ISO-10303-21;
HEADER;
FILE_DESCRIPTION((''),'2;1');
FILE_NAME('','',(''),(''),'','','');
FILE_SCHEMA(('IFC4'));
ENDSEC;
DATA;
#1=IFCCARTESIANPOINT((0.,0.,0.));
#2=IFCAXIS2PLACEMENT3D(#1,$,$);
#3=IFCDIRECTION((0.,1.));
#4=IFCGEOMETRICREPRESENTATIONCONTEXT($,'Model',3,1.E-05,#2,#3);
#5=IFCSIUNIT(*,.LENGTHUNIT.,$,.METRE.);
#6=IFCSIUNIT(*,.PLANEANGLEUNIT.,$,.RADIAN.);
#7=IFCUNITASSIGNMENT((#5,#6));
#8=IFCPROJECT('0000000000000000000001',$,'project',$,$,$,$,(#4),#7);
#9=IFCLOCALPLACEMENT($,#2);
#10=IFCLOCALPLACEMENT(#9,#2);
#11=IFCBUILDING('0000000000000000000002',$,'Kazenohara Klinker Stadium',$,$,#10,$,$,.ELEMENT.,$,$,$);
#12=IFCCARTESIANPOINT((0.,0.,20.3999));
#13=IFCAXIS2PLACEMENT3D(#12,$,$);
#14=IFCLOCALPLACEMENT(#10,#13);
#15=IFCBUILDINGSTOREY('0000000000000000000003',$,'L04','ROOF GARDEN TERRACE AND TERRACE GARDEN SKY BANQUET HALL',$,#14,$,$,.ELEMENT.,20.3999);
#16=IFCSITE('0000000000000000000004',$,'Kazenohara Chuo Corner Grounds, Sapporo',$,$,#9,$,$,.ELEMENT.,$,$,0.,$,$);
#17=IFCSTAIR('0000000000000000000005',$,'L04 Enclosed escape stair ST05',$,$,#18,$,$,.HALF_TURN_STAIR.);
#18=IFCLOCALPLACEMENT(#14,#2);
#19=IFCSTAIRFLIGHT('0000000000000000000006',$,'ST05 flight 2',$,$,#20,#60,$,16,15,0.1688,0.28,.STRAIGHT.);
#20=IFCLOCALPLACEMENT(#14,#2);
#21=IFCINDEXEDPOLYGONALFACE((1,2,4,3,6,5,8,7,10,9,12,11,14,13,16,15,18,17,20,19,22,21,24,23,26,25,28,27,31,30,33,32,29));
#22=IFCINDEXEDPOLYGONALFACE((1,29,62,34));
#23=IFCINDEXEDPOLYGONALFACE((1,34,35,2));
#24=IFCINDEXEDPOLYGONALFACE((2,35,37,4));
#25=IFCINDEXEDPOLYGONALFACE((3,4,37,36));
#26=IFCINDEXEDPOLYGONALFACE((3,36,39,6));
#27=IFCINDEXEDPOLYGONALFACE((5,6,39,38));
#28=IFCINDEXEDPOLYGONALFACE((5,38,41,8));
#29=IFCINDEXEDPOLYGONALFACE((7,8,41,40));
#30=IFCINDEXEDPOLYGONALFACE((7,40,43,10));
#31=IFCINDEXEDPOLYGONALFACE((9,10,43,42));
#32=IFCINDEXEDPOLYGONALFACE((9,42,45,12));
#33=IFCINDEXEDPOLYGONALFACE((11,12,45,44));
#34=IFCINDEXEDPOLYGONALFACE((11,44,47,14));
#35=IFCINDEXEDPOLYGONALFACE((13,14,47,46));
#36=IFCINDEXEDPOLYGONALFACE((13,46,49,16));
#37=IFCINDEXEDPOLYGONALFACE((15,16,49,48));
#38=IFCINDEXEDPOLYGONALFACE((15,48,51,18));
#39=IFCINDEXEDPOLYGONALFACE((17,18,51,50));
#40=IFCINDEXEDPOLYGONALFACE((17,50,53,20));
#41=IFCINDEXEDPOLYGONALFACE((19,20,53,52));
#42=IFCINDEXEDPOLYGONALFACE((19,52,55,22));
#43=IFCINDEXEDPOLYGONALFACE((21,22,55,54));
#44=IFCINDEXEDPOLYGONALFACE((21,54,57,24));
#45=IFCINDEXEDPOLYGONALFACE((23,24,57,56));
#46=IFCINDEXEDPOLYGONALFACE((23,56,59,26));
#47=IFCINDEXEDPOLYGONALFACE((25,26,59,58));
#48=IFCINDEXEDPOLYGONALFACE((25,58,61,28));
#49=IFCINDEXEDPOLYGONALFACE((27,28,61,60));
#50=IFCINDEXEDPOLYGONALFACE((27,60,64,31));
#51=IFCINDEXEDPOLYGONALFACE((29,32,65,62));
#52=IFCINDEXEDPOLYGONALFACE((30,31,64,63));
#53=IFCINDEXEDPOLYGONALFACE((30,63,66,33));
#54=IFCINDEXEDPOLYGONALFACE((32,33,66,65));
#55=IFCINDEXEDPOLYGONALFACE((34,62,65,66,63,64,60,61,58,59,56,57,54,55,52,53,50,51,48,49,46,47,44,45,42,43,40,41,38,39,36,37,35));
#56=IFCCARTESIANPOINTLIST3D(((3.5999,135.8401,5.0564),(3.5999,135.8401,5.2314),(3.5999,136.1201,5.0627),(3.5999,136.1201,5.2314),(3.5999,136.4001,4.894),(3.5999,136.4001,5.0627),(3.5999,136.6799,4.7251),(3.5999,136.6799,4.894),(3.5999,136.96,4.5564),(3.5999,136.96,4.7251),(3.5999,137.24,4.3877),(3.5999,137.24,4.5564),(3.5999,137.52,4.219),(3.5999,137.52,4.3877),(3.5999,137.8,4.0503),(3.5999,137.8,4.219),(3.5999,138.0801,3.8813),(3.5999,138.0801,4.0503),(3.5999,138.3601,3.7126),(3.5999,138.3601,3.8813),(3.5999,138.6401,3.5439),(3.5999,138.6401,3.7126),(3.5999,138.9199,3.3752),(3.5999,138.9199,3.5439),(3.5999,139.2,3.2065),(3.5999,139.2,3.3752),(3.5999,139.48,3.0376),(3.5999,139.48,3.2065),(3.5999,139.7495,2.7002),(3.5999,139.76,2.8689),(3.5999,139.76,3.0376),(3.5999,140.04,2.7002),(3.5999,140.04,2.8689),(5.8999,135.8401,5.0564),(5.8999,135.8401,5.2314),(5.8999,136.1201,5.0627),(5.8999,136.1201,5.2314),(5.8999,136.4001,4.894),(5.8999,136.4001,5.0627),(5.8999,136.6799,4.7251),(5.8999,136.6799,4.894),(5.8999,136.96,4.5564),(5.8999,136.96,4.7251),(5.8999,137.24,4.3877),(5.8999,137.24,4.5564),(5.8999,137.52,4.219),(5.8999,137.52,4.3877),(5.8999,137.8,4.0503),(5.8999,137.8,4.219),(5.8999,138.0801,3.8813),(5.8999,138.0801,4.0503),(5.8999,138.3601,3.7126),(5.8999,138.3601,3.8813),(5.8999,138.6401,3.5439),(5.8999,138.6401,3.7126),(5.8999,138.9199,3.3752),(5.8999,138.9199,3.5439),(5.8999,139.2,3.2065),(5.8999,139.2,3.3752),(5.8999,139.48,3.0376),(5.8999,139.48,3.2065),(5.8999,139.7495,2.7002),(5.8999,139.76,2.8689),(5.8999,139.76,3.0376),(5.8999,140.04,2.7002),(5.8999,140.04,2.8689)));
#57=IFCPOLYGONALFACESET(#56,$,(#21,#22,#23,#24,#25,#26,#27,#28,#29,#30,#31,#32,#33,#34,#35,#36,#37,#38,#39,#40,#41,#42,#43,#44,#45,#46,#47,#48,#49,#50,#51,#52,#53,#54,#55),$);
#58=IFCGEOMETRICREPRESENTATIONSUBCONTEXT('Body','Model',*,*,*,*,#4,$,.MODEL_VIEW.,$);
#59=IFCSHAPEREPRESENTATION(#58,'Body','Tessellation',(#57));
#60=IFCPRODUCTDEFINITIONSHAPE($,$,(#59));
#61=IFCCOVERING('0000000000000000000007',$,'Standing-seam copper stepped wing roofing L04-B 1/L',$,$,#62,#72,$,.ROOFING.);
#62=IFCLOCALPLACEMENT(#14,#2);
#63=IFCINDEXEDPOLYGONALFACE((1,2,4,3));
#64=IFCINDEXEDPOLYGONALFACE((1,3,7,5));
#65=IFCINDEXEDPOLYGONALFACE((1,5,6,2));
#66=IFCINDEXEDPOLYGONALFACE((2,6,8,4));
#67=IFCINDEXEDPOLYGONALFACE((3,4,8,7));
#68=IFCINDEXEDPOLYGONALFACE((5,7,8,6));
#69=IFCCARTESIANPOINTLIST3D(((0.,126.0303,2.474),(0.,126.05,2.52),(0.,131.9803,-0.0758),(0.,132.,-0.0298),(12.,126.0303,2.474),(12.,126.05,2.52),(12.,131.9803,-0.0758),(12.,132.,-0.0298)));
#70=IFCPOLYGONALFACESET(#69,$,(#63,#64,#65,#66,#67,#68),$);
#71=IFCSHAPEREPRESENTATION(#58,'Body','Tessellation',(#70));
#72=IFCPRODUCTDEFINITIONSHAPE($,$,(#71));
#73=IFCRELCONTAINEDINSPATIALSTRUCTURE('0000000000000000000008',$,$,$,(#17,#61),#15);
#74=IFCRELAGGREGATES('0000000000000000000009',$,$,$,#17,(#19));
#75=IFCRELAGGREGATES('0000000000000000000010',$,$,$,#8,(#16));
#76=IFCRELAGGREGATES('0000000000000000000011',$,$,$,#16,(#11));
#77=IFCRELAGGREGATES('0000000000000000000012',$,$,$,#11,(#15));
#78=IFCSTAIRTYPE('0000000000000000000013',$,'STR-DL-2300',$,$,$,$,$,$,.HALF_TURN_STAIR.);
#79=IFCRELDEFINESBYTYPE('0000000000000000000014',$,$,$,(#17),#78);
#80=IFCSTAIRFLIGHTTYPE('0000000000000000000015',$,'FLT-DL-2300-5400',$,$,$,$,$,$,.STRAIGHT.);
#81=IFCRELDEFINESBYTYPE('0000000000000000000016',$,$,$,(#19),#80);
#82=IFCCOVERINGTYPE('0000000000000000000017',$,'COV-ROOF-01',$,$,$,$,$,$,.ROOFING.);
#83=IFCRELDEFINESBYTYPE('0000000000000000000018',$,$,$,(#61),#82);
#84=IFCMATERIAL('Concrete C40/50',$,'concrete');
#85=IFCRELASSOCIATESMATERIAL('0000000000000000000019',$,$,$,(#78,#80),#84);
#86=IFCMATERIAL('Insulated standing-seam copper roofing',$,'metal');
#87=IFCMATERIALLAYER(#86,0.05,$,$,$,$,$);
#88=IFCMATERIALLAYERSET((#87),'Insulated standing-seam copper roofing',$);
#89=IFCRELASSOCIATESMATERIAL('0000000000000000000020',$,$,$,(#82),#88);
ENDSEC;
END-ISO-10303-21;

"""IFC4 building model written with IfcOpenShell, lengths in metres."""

from ifc_helpers import new_model, si_unit, direction, frame, origin, place, context, subcontext, project, spatial, polyline, outline, extrude, material, layer, layer_set, type_object, element, aggregate, save


model = new_model("IFC4")

# Units and contexts
model_context = context("Model", 3, precision=1e-05, world=origin(), true_north=direction((0.0, 1.0)))
body_context = subcontext(model_context, "Body", "Model", "MODEL_VIEW")
ifc_project = project(units=[si_unit("LENGTHUNIT", "METRE"), si_unit("PLANEANGLEUNIT", "RADIAN")], contexts=[model_context])

# Site, building, storey
site_placement = place(None, origin())
site = spatial("IfcSite", under=ifc_project, at=site_placement, Name="Kazenohara Chuo Corner Grounds, Sapporo", CompositionType="ELEMENT", RefElevation=0.0)
building_placement = place(site_placement, origin())
building = spatial("IfcBuilding", under=site, at=building_placement, Name="Kazenohara Klinker Stadium", CompositionType="ELEMENT")
storey_placement = place(building_placement, frame((0.0, 0.0, 20.3999)))
storey = spatial("IfcBuildingStorey", under=building, at=storey_placement, Name="L04", Description="ROOF GARDEN TERRACE AND TERRACE GARDEN SKY BANQUET HALL", CompositionType="ELEMENT", Elevation=20.3999)

# Shared definitions
ifc_material_1 = material(Name="Concrete C40/50", Category="concrete")

# Stair, stair flight
stair_type = type_object("IfcStairType", Name="STR-DL-2300", PredefinedType="HALF_TURN_STAIR", material=ifc_material_1)
stair_placement = place(storey_placement, origin())
stair = element("IfcStair", 1, at=stair_placement, inside=storey, type_object=stair_type, Name="L04 Enclosed escape stair ST05", PredefinedType="HALF_TURN_STAIR")
stair_flight_type = type_object("IfcStairFlightType", Name="FLT-DL-2300-5400", PredefinedType="STRAIGHT", material=ifc_material_1)
stair_flight_1_placement = place(storey_placement, frame((4.75, 140.04, 2.7002), z_axis=(0.0, 0.0, 1.0), x_axis=(0.0, -1.0, 0.0)))
stair_flight_1 = element("IfcStairFlight", 2, at=stair_flight_1_placement, type_object=stair_flight_type, Name="ST05 flight 2", NumberOfRisers=16, NumberOfTreads=15, PredefinedType="STRAIGHT", RiserHeight=0.1688, TreadLength=0.28, context=body_context, shape_type="SweptSolid", body=[
    extrude(outline(polyline([(0.0, 0.0), (0.0, 0.1687), (0.28, 0.1687), (0.28, 0.3374), (0.5601, 0.3374), (0.5601, 0.5063), (0.8401, 0.5063), (0.8401, 0.675), (1.1201, 0.675), (1.1201, 0.8438), (1.3999, 0.8438), (1.3999, 1.0125), (1.6799, 1.0125), (1.6799, 1.1812), (1.96, 1.1812), (1.96, 1.3501), (2.24, 1.3501), (2.24, 1.5188), (2.52, 1.5188), (2.52, 1.6875), (2.8, 1.6875), (2.8, 1.8562), (3.0801, 1.8562), (3.0801, 2.0249), (3.3601, 2.0249), (3.3601, 2.1938), (3.6399, 2.1938), (3.6399, 2.3625), (3.9199, 2.3625), (3.9199, 2.5312), (4.2, 2.5312), (4.2, 2.7), (4.2, 2.3562), (0.2905, 0.0), (0.0, 0.0)])), frame((0.0, 1.1499, 0.0), z_axis=(0.0, -1.0, 0.0), x_axis=(1.0, 0.0, 0.0)), (0.0, 0.0, 1.0), 2.3),
])
aggregate(stair, [stair_flight_1])

# Covering
ifc_material_2 = material(Name="Insulated standing-seam copper roofing", Category="metal")
ifc_layer_1 = layer(ifc_material_2, 0.05)
ifc_layer_set_1 = layer_set([ifc_layer_1], Name="Insulated standing-seam copper roofing")
covering_type = type_object("IfcCoveringType", Name="COV-ROOF-01", PredefinedType="ROOFING", material=ifc_layer_set_1)
covering_placement = place(storey_placement, frame((0.0, 126.05, 2.52), z_axis=(0.0, 0.393897, 0.919155), x_axis=(1.0, 0.0, 0.0)))
element("IfcCovering", 3, at=covering_placement, inside=storey, type_object=covering_type, Name="Standing-seam copper stepped wing roofing L04-B 1/L", PredefinedType="ROOFING", context=body_context, shape_type="SweptSolid", body=[
    extrude(outline(polyline([(0.0, 0.0), (12.0, 0.0), (12.0, 6.4733), (0.0, 6.4733), (0.0, 0.0)])), origin(), (0.0, 0.0, -1.0), 0.05),
])

save(model, "model.ifc")
